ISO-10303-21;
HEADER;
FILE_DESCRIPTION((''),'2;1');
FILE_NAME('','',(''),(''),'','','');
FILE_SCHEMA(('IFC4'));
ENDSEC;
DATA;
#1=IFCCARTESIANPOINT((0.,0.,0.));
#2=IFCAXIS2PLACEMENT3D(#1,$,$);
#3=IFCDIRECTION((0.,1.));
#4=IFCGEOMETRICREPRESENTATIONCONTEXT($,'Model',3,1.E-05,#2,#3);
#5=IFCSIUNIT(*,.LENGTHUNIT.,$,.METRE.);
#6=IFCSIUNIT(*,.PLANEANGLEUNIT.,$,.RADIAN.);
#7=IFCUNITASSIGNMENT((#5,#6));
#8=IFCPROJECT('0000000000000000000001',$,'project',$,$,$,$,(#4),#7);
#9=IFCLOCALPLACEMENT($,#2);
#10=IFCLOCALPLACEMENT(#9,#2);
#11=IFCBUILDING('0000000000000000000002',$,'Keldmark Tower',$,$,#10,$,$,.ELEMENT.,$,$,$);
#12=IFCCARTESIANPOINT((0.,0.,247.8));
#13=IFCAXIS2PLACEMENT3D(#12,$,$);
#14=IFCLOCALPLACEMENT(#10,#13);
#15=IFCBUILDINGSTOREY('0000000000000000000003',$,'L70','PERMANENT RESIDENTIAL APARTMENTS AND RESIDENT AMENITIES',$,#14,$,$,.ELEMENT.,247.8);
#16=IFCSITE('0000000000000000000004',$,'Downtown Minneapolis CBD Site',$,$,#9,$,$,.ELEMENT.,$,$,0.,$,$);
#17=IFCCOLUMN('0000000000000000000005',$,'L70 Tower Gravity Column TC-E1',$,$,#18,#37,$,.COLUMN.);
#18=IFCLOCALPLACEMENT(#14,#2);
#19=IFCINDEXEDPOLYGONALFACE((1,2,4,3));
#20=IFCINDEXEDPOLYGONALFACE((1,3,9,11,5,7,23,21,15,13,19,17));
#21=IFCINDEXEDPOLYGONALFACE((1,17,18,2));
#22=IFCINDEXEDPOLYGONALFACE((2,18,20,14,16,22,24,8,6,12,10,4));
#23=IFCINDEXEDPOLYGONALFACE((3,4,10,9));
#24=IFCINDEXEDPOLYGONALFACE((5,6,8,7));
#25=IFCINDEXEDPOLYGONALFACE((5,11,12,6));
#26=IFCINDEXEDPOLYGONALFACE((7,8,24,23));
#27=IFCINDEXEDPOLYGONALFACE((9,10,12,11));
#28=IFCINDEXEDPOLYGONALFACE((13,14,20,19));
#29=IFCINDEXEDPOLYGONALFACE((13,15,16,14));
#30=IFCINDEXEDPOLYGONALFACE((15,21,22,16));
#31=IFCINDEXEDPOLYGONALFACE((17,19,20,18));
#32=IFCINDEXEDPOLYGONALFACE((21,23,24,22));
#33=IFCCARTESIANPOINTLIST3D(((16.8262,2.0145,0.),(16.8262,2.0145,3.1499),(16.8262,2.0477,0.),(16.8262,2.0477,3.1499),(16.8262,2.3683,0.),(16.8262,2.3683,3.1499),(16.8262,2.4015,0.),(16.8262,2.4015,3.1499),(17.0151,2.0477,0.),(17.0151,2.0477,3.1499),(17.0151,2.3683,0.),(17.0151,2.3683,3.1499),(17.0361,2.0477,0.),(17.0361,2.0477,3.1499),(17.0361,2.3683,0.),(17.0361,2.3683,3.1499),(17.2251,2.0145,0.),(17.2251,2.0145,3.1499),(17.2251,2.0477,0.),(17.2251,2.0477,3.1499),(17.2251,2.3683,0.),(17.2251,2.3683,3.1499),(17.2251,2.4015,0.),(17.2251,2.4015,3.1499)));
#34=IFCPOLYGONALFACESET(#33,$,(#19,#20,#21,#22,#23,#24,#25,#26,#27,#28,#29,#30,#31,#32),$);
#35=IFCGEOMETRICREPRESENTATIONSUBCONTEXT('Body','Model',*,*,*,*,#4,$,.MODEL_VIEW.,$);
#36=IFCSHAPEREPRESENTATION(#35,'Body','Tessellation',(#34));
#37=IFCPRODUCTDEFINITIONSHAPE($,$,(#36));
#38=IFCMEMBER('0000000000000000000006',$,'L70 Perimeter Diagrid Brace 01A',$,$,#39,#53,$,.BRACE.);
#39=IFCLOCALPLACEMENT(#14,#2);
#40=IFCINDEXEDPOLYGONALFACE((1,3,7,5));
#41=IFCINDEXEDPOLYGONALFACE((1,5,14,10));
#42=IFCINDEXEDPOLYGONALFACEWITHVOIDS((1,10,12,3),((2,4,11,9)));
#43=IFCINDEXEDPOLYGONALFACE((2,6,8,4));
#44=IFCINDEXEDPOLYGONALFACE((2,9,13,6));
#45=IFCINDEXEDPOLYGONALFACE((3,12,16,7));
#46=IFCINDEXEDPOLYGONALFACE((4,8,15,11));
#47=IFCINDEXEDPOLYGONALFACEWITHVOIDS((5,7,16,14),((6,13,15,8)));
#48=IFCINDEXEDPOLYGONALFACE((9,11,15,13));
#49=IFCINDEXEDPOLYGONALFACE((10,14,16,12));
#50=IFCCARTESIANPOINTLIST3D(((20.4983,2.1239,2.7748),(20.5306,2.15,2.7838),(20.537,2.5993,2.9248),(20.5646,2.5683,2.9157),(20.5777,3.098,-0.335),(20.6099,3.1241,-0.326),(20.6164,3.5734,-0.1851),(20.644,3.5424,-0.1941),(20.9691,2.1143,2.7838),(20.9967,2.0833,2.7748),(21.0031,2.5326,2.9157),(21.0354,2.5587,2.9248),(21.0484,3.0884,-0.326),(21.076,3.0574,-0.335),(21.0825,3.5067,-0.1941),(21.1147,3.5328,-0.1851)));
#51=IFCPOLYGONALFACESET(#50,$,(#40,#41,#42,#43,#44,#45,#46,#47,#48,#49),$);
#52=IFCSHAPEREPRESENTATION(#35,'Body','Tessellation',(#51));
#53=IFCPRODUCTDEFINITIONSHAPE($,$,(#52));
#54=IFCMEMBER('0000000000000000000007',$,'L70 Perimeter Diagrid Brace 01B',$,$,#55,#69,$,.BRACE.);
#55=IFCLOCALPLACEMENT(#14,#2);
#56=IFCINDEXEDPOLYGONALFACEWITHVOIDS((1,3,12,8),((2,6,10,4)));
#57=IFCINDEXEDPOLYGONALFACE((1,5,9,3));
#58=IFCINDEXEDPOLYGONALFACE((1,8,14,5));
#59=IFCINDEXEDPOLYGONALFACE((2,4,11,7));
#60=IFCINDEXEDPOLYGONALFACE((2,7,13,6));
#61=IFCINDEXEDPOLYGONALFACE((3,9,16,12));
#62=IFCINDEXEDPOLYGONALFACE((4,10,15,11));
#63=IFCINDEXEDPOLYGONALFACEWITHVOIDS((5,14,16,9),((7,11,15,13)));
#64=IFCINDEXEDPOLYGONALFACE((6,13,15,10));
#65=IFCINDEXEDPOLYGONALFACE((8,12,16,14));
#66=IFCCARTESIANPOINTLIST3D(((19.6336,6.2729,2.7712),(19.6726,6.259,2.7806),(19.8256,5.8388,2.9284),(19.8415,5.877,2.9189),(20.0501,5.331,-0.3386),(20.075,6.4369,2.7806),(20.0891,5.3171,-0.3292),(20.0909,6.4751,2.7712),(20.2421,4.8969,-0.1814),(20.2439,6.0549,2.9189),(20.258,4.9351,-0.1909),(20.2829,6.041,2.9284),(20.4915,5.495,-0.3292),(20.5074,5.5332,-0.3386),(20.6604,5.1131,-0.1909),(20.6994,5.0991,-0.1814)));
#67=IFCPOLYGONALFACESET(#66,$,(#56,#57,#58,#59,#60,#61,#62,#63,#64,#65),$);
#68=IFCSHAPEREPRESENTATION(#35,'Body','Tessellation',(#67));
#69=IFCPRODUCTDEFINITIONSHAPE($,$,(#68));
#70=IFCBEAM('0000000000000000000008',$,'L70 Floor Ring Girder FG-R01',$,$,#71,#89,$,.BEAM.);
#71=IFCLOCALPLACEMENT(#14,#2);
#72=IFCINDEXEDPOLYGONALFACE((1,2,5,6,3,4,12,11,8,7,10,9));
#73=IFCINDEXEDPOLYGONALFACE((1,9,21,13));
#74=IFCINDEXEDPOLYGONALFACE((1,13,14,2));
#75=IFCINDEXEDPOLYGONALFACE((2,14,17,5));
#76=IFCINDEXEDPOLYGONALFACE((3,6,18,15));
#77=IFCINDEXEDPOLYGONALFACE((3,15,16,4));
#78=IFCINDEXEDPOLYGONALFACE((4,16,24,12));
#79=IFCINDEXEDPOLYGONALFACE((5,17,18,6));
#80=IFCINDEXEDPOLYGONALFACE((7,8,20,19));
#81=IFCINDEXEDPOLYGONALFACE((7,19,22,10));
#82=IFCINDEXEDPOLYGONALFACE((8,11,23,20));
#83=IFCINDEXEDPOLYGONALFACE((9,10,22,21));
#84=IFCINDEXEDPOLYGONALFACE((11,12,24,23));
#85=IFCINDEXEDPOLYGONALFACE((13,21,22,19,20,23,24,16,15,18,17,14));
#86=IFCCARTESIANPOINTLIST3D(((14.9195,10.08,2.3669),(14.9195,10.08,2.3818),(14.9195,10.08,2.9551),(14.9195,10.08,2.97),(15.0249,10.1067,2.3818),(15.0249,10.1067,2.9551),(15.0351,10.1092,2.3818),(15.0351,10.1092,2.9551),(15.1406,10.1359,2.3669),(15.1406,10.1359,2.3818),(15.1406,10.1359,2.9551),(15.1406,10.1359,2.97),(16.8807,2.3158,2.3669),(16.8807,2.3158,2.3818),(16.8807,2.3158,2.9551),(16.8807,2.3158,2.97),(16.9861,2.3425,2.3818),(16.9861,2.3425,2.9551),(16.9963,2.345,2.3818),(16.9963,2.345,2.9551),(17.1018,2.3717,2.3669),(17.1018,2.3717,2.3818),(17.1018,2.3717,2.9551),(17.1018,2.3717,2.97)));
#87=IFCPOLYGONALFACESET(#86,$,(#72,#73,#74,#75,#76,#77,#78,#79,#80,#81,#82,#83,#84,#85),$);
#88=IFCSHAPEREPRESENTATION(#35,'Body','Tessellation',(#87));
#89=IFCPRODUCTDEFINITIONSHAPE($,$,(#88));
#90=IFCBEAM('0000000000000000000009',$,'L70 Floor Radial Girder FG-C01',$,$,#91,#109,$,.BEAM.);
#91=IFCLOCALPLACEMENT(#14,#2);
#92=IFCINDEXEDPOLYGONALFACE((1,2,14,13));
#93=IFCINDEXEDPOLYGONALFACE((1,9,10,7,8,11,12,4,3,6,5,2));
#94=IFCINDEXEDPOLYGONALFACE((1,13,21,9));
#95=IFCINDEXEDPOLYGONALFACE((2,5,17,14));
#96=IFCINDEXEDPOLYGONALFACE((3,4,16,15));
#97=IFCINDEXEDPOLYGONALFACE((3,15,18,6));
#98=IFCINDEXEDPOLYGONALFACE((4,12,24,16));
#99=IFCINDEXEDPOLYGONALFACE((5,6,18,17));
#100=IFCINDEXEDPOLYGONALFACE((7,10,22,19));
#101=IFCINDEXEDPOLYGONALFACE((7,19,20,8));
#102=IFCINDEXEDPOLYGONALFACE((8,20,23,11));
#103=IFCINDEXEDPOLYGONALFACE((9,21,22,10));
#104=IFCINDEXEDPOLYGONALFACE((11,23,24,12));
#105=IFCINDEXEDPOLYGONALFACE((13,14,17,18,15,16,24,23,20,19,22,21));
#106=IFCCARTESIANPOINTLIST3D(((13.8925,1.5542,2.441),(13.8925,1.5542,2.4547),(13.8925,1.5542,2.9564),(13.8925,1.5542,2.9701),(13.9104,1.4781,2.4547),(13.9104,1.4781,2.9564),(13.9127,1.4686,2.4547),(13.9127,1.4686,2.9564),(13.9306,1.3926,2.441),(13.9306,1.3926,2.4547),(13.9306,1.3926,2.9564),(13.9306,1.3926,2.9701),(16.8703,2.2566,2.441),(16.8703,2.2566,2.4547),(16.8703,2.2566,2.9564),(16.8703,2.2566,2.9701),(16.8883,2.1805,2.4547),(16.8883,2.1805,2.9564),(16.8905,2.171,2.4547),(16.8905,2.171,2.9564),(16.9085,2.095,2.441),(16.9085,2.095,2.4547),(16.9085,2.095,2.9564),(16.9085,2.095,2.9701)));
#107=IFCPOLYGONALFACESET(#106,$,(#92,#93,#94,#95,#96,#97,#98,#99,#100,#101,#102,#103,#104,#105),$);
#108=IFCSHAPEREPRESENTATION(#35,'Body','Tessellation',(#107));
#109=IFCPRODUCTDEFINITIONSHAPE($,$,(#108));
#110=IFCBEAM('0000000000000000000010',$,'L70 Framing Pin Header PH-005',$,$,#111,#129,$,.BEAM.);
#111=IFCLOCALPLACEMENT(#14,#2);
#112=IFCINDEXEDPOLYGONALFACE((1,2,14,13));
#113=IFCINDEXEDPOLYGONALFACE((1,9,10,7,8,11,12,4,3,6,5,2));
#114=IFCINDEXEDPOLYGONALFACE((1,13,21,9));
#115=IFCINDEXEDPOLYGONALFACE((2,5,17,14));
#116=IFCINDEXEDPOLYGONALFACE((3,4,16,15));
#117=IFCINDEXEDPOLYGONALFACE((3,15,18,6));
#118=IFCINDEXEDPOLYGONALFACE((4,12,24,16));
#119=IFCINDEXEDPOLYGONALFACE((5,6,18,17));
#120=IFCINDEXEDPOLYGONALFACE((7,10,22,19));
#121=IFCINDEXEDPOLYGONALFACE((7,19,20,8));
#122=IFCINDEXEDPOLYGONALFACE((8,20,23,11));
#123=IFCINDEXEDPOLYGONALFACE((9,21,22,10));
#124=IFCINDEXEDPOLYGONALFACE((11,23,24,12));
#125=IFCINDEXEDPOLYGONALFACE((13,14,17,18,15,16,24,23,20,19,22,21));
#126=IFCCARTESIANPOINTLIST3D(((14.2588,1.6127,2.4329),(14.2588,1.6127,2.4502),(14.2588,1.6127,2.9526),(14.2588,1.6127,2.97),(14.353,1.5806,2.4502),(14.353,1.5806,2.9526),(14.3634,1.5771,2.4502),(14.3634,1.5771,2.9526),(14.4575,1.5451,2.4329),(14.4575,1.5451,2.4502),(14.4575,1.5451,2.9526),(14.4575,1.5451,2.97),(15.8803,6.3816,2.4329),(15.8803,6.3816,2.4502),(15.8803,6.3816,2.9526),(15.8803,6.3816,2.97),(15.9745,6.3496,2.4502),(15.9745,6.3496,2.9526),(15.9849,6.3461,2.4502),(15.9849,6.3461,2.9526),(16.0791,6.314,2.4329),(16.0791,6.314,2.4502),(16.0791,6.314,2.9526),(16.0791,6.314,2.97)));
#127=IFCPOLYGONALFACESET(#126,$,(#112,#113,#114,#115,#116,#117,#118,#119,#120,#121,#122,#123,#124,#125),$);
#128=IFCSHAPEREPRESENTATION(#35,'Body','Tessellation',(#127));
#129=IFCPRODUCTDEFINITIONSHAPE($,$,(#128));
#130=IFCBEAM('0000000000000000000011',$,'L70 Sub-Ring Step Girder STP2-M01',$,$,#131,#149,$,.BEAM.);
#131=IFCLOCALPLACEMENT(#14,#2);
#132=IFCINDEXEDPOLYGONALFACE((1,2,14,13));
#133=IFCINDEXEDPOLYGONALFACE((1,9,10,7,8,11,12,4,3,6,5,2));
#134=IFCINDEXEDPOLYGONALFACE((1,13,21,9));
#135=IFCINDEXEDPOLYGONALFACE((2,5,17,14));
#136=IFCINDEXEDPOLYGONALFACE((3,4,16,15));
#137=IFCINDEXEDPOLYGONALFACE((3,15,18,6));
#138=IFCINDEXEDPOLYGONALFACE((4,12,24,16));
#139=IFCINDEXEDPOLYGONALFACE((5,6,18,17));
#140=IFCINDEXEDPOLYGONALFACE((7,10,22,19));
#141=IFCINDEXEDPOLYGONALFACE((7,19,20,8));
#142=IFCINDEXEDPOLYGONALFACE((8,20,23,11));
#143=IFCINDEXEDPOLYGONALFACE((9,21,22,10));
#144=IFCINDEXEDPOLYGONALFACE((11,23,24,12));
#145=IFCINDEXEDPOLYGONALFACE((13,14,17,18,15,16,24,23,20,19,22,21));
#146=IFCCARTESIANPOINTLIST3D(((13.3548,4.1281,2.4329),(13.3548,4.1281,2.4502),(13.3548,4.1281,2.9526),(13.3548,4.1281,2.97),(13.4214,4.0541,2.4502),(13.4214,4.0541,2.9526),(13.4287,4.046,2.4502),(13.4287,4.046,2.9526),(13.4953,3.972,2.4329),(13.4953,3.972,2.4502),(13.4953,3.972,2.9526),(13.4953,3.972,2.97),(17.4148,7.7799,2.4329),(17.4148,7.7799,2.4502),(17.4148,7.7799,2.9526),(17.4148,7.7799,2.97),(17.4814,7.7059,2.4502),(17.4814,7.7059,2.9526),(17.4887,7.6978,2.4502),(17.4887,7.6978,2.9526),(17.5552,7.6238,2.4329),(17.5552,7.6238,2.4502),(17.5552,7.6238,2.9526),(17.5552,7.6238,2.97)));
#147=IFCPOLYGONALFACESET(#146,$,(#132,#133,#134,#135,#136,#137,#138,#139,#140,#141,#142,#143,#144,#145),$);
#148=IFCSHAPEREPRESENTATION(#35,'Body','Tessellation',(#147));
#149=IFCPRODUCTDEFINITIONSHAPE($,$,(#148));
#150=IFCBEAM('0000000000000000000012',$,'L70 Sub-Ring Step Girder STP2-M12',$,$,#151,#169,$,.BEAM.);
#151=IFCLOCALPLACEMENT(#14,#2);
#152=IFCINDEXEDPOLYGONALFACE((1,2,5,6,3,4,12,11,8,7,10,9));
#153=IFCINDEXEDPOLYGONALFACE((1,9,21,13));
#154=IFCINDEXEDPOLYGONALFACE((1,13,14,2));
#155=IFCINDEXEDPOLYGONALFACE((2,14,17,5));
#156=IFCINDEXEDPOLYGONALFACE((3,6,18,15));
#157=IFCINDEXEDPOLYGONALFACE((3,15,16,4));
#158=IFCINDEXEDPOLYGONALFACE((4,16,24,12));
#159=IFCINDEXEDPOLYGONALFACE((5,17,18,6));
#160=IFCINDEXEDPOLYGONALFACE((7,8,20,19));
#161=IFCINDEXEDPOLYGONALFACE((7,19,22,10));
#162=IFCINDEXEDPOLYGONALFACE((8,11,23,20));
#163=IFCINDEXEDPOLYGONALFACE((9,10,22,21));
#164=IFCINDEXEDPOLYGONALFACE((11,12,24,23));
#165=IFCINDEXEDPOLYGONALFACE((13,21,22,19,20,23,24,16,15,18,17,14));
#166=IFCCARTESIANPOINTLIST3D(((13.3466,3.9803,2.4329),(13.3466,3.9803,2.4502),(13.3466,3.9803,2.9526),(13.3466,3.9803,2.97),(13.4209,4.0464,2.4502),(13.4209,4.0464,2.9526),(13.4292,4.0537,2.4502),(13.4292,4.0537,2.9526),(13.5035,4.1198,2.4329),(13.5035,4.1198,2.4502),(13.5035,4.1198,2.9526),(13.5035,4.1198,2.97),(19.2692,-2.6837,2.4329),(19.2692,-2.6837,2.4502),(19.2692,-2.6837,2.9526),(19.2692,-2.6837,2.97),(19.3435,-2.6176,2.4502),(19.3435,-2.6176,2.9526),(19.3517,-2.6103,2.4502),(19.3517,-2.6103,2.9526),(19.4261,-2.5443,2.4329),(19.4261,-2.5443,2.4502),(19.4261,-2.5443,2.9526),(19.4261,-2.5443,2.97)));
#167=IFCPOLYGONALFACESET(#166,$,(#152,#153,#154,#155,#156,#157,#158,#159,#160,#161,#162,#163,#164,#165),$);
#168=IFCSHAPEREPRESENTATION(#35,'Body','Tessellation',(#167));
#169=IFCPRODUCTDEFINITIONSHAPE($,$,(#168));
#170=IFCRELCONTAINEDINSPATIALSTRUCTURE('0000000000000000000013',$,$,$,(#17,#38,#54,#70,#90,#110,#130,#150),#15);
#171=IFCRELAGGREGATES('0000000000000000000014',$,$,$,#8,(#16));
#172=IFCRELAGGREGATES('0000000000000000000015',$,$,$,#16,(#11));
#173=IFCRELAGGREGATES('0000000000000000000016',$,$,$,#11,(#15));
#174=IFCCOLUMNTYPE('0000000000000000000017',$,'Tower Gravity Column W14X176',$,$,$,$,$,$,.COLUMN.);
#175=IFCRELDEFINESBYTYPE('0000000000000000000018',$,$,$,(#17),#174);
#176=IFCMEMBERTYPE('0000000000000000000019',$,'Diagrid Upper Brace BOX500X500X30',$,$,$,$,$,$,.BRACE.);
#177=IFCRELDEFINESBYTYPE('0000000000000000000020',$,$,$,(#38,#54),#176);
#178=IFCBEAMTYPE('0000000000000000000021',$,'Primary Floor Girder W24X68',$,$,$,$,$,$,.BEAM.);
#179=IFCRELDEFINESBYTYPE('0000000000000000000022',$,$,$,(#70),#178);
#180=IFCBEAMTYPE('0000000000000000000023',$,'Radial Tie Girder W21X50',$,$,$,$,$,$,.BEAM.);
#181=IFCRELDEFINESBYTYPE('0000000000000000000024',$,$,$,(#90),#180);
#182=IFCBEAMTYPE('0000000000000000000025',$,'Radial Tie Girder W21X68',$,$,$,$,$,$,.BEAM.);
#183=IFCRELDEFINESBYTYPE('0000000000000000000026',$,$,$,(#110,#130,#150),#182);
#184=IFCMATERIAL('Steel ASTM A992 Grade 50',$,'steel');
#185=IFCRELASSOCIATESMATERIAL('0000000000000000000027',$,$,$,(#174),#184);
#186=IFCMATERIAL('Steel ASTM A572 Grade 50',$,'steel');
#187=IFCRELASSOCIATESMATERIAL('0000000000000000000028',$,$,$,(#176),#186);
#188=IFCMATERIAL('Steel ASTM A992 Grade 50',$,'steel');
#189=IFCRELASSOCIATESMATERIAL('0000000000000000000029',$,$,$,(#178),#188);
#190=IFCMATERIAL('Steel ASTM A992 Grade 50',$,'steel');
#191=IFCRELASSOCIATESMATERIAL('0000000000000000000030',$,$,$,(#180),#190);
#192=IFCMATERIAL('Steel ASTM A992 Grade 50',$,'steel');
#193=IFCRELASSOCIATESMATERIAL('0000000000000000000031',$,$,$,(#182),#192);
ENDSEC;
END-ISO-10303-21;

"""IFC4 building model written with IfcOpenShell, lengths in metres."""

from ifc_helpers import new_model, si_unit, direction, frame, origin, origin_2d, place, context, subcontext, project, spatial, hollow_rectangle, i_section, extrude, material, material_profile, profile_set, type_object, element, save


model = new_model("IFC4")

# Units and contexts
model_context = context("Model", 3, precision=1e-05, world=origin(), true_north=direction((0.0, 1.0)))
body_context = subcontext(model_context, "Body", "Model", "MODEL_VIEW")
ifc_project = project(units=[si_unit("LENGTHUNIT", "METRE"), si_unit("PLANEANGLEUNIT", "RADIAN")], contexts=[model_context])

# Site, building, storey
site_placement = place(None, origin())
site = spatial("IfcSite", under=ifc_project, at=site_placement, Name="Downtown Minneapolis CBD Site", CompositionType="ELEMENT", RefElevation=0.0)
building_placement = place(site_placement, origin())
building = spatial("IfcBuilding", under=site, at=building_placement, Name="Keldmark Tower", CompositionType="ELEMENT")
storey_placement = place(building_placement, frame((0.0, 0.0, 247.8)))
storey = spatial("IfcBuildingStorey", under=building, at=storey_placement, Name="L70", Description="PERMANENT RESIDENTIAL APARTMENTS AND RESIDENT AMENITIES", CompositionType="ELEMENT", Elevation=247.8)

# Column
ifc_material_1 = material(Name="Steel ASTM A992 Grade 50", Category="steel")
ifc_material_profile_1 = material_profile(ifc_material_1, i_section(OverallWidth=0.3989, OverallDepth=0.387, WebThickness=0.021, FlangeThickness=0.0332, at=origin_2d()), Name="W14X176")
ifc_profile_set_1 = profile_set([ifc_material_profile_1], Name="Steel ASTM A992 Grade 50")
column_type = type_object("IfcColumnType", Name="Tower Gravity Column W14X176", PredefinedType="COLUMN", material=ifc_profile_set_1)
column_placement = place(storey_placement, frame((17.0256, 2.208, 0.0), z_axis=(0.0, 0.0, 1.0), x_axis=(1.0, 0.0, 0.0)))
element("IfcColumn", 1, at=column_placement, inside=storey, type_object=column_type, Name="L70 Tower Gravity Column TC-E1", PredefinedType="COLUMN", context=body_context, shape_type="SweptSolid", body=[
    extrude(i_section(OverallWidth=0.3989, OverallDepth=0.387, WebThickness=0.021, FlangeThickness=0.0332, at=origin_2d()), origin(), (0.0, 0.0, 1.0), 3.1499),
])

# Members
ifc_material_2 = material(Name="Steel ASTM A572 Grade 50", Category="steel")
ifc_material_profile_2 = material_profile(ifc_material_2, hollow_rectangle(XDim=0.5, YDim=0.5, WallThickness=0.03, at=origin_2d()), Name="BOX500X500X30")
ifc_profile_set_2 = profile_set([ifc_material_profile_2], Name="Steel ASTM A572 Grade 50")
member_type = type_object("IfcMemberType", Name="Diagrid Upper Brace BOX500X500X30", PredefinedType="BRACE", material=ifc_profile_set_2)
member_1_placement = place(storey_placement, frame((20.8462, 3.3154, -0.26), z_axis=(-0.02434, -0.298826, 0.953997), x_axis=(0.996699, -0.081185, 0.0)))
element("IfcMember", 2, at=member_1_placement, inside=storey, type_object=member_type, Name="L70 Perimeter Diagrid Brace 01A", PredefinedType="BRACE", context=body_context, shape_type="SweptSolid", body=[
    extrude(hollow_rectangle(XDim=0.5, YDim=0.5, WallThickness=0.03, at=origin_2d()), origin(), (0.0, 0.0, 1.0), 3.2598),
])
member_2_placement = place(storey_placement, frame((20.3748, 5.2151, -0.26), z_axis=(-0.12714, 0.287517, 0.949299), x_axis=(-0.914572, -0.404422, 0.0)))
element("IfcMember", 3, at=member_2_placement, inside=storey, type_object=member_type, Name="L70 Perimeter Diagrid Brace 01B", PredefinedType="BRACE", context=body_context, shape_type="SweptSolid", body=[
    extrude(hollow_rectangle(XDim=0.5, YDim=0.5, WallThickness=0.03, at=origin_2d()), origin(), (0.0, 0.0, 1.0), 3.2759),
])

# Beams
ifc_material_3 = material(Name="Steel ASTM A992 Grade 50", Category="steel")
ifc_material_profile_3 = material_profile(ifc_material_3, i_section(OverallWidth=0.228, OverallDepth=0.603, WebThickness=0.0105, FlangeThickness=0.0149, at=origin_2d()), Name="W24X68")
ifc_profile_set_3 = profile_set([ifc_material_profile_3], Name="Steel ASTM A992 Grade 50")
beam_type_1 = type_object("IfcBeamType", Name="Primary Floor Girder W24X68", PredefinedType="BEAM", material=ifc_profile_set_3)
beam_1_placement = place(storey_placement, frame((16.9912, 2.3438, 2.6685), z_axis=(-0.244902, 0.969548, 0.0), x_axis=(-0.969548, -0.244902, 0.0)))
element("IfcBeam", 4, at=beam_1_placement, inside=storey, type_object=beam_type_1, Name="L70 Floor Ring Girder FG-R01", PredefinedType="BEAM", context=body_context, shape_type="SweptSolid", body=[
    extrude(i_section(OverallWidth=0.228, OverallDepth=0.603, WebThickness=0.0105, FlangeThickness=0.0149, at=origin_2d()), origin(), (0.0, 0.0, 1.0), 8.0081),
])
ifc_material_4 = material(Name="Steel ASTM A992 Grade 50", Category="steel")
ifc_material_profile_4 = material_profile(ifc_material_4, i_section(OverallWidth=0.166, OverallDepth=0.5291, WebThickness=0.0098, FlangeThickness=0.0137, at=origin_2d()), Name="W21X50")
ifc_profile_set_4 = profile_set([ifc_material_profile_4], Name="Steel ASTM A992 Grade 50")
beam_type_2 = type_object("IfcBeamType", Name="Radial Tie Girder W21X50", PredefinedType="BEAM", material=ifc_profile_set_4)
beam_2_placement = place(storey_placement, frame((16.8894, 2.1758, 2.7056), z_axis=(-0.97329, -0.229577, 0.0), x_axis=(0.229577, -0.97329, 0.0)))
element("IfcBeam", 5, at=beam_2_placement, inside=storey, type_object=beam_type_2, Name="L70 Floor Radial Girder FG-C01", PredefinedType="BEAM", context=body_context, shape_type="SweptSolid", body=[
    extrude(i_section(OverallWidth=0.166, OverallDepth=0.5291, WebThickness=0.0098, FlangeThickness=0.0137, at=origin_2d()), origin(), (0.0, 0.0, 1.0), 3.0596),
])
ifc_material_5 = material(Name="Steel ASTM A992 Grade 50", Category="steel")
ifc_material_profile_5 = material_profile(ifc_material_5, i_section(OverallWidth=0.21, OverallDepth=0.5371, WebThickness=0.011, FlangeThickness=0.0173, at=origin_2d()), Name="W21X68")
ifc_profile_set_5 = profile_set([ifc_material_profile_5], Name="Steel ASTM A992 Grade 50")
beam_type_3 = type_object("IfcBeamType", Name="Radial Tie Girder W21X68", PredefinedType="BEAM", material=ifc_profile_set_5)
beam_3_placement = place(storey_placement, frame((14.3582, 1.5789, 2.7014), z_axis=(0.321922, 0.946766, 0.0), x_axis=(-0.946766, 0.321922, 0.0)))
element("IfcBeam", 6, at=beam_3_placement, inside=storey, type_object=beam_type_3, Name="L70 Framing Pin Header PH-005", PredefinedType="BEAM", context=body_context, shape_type="SweptSolid", body=[
    extrude(i_section(OverallWidth=0.21, OverallDepth=0.5371, WebThickness=0.011, FlangeThickness=0.0173, at=origin_2d()), origin(), (0.0, 0.0, 1.0), 5.0371),
])
beam_4_placement = place(storey_placement, frame((13.425, 4.05, 2.7014), z_axis=(0.743494, 0.668742, 0.0), x_axis=(-0.668742, 0.743494, 0.0)))
element("IfcBeam", 7, at=beam_4_placement, inside=storey, type_object=beam_type_3, Name="L70 Sub-Ring Step Girder STP2-M01", PredefinedType="BEAM", context=body_context, shape_type="SweptSolid", body=[
    extrude(i_section(OverallWidth=0.21, OverallDepth=0.5371, WebThickness=0.011, FlangeThickness=0.0173, at=origin_2d()), origin(), (0.0, 0.0, 1.0), 5.4607),
])
beam_5_placement = place(storey_placement, frame((13.425, 4.05, 2.7014), z_axis=(0.664301, -0.747465, 0.0), x_axis=(0.747465, 0.664301, 0.0)))
element("IfcBeam", 8, at=beam_5_placement, inside=storey, type_object=beam_type_3, Name="L70 Sub-Ring Step Girder STP2-M12", PredefinedType="BEAM", context=body_context, shape_type="SweptSolid", body=[
    extrude(i_section(OverallWidth=0.21, OverallDepth=0.5371, WebThickness=0.011, FlangeThickness=0.0173, at=origin_2d()), origin(), (0.0, 0.0, 1.0), 8.9155),
])

save(model, "model.ifc")
